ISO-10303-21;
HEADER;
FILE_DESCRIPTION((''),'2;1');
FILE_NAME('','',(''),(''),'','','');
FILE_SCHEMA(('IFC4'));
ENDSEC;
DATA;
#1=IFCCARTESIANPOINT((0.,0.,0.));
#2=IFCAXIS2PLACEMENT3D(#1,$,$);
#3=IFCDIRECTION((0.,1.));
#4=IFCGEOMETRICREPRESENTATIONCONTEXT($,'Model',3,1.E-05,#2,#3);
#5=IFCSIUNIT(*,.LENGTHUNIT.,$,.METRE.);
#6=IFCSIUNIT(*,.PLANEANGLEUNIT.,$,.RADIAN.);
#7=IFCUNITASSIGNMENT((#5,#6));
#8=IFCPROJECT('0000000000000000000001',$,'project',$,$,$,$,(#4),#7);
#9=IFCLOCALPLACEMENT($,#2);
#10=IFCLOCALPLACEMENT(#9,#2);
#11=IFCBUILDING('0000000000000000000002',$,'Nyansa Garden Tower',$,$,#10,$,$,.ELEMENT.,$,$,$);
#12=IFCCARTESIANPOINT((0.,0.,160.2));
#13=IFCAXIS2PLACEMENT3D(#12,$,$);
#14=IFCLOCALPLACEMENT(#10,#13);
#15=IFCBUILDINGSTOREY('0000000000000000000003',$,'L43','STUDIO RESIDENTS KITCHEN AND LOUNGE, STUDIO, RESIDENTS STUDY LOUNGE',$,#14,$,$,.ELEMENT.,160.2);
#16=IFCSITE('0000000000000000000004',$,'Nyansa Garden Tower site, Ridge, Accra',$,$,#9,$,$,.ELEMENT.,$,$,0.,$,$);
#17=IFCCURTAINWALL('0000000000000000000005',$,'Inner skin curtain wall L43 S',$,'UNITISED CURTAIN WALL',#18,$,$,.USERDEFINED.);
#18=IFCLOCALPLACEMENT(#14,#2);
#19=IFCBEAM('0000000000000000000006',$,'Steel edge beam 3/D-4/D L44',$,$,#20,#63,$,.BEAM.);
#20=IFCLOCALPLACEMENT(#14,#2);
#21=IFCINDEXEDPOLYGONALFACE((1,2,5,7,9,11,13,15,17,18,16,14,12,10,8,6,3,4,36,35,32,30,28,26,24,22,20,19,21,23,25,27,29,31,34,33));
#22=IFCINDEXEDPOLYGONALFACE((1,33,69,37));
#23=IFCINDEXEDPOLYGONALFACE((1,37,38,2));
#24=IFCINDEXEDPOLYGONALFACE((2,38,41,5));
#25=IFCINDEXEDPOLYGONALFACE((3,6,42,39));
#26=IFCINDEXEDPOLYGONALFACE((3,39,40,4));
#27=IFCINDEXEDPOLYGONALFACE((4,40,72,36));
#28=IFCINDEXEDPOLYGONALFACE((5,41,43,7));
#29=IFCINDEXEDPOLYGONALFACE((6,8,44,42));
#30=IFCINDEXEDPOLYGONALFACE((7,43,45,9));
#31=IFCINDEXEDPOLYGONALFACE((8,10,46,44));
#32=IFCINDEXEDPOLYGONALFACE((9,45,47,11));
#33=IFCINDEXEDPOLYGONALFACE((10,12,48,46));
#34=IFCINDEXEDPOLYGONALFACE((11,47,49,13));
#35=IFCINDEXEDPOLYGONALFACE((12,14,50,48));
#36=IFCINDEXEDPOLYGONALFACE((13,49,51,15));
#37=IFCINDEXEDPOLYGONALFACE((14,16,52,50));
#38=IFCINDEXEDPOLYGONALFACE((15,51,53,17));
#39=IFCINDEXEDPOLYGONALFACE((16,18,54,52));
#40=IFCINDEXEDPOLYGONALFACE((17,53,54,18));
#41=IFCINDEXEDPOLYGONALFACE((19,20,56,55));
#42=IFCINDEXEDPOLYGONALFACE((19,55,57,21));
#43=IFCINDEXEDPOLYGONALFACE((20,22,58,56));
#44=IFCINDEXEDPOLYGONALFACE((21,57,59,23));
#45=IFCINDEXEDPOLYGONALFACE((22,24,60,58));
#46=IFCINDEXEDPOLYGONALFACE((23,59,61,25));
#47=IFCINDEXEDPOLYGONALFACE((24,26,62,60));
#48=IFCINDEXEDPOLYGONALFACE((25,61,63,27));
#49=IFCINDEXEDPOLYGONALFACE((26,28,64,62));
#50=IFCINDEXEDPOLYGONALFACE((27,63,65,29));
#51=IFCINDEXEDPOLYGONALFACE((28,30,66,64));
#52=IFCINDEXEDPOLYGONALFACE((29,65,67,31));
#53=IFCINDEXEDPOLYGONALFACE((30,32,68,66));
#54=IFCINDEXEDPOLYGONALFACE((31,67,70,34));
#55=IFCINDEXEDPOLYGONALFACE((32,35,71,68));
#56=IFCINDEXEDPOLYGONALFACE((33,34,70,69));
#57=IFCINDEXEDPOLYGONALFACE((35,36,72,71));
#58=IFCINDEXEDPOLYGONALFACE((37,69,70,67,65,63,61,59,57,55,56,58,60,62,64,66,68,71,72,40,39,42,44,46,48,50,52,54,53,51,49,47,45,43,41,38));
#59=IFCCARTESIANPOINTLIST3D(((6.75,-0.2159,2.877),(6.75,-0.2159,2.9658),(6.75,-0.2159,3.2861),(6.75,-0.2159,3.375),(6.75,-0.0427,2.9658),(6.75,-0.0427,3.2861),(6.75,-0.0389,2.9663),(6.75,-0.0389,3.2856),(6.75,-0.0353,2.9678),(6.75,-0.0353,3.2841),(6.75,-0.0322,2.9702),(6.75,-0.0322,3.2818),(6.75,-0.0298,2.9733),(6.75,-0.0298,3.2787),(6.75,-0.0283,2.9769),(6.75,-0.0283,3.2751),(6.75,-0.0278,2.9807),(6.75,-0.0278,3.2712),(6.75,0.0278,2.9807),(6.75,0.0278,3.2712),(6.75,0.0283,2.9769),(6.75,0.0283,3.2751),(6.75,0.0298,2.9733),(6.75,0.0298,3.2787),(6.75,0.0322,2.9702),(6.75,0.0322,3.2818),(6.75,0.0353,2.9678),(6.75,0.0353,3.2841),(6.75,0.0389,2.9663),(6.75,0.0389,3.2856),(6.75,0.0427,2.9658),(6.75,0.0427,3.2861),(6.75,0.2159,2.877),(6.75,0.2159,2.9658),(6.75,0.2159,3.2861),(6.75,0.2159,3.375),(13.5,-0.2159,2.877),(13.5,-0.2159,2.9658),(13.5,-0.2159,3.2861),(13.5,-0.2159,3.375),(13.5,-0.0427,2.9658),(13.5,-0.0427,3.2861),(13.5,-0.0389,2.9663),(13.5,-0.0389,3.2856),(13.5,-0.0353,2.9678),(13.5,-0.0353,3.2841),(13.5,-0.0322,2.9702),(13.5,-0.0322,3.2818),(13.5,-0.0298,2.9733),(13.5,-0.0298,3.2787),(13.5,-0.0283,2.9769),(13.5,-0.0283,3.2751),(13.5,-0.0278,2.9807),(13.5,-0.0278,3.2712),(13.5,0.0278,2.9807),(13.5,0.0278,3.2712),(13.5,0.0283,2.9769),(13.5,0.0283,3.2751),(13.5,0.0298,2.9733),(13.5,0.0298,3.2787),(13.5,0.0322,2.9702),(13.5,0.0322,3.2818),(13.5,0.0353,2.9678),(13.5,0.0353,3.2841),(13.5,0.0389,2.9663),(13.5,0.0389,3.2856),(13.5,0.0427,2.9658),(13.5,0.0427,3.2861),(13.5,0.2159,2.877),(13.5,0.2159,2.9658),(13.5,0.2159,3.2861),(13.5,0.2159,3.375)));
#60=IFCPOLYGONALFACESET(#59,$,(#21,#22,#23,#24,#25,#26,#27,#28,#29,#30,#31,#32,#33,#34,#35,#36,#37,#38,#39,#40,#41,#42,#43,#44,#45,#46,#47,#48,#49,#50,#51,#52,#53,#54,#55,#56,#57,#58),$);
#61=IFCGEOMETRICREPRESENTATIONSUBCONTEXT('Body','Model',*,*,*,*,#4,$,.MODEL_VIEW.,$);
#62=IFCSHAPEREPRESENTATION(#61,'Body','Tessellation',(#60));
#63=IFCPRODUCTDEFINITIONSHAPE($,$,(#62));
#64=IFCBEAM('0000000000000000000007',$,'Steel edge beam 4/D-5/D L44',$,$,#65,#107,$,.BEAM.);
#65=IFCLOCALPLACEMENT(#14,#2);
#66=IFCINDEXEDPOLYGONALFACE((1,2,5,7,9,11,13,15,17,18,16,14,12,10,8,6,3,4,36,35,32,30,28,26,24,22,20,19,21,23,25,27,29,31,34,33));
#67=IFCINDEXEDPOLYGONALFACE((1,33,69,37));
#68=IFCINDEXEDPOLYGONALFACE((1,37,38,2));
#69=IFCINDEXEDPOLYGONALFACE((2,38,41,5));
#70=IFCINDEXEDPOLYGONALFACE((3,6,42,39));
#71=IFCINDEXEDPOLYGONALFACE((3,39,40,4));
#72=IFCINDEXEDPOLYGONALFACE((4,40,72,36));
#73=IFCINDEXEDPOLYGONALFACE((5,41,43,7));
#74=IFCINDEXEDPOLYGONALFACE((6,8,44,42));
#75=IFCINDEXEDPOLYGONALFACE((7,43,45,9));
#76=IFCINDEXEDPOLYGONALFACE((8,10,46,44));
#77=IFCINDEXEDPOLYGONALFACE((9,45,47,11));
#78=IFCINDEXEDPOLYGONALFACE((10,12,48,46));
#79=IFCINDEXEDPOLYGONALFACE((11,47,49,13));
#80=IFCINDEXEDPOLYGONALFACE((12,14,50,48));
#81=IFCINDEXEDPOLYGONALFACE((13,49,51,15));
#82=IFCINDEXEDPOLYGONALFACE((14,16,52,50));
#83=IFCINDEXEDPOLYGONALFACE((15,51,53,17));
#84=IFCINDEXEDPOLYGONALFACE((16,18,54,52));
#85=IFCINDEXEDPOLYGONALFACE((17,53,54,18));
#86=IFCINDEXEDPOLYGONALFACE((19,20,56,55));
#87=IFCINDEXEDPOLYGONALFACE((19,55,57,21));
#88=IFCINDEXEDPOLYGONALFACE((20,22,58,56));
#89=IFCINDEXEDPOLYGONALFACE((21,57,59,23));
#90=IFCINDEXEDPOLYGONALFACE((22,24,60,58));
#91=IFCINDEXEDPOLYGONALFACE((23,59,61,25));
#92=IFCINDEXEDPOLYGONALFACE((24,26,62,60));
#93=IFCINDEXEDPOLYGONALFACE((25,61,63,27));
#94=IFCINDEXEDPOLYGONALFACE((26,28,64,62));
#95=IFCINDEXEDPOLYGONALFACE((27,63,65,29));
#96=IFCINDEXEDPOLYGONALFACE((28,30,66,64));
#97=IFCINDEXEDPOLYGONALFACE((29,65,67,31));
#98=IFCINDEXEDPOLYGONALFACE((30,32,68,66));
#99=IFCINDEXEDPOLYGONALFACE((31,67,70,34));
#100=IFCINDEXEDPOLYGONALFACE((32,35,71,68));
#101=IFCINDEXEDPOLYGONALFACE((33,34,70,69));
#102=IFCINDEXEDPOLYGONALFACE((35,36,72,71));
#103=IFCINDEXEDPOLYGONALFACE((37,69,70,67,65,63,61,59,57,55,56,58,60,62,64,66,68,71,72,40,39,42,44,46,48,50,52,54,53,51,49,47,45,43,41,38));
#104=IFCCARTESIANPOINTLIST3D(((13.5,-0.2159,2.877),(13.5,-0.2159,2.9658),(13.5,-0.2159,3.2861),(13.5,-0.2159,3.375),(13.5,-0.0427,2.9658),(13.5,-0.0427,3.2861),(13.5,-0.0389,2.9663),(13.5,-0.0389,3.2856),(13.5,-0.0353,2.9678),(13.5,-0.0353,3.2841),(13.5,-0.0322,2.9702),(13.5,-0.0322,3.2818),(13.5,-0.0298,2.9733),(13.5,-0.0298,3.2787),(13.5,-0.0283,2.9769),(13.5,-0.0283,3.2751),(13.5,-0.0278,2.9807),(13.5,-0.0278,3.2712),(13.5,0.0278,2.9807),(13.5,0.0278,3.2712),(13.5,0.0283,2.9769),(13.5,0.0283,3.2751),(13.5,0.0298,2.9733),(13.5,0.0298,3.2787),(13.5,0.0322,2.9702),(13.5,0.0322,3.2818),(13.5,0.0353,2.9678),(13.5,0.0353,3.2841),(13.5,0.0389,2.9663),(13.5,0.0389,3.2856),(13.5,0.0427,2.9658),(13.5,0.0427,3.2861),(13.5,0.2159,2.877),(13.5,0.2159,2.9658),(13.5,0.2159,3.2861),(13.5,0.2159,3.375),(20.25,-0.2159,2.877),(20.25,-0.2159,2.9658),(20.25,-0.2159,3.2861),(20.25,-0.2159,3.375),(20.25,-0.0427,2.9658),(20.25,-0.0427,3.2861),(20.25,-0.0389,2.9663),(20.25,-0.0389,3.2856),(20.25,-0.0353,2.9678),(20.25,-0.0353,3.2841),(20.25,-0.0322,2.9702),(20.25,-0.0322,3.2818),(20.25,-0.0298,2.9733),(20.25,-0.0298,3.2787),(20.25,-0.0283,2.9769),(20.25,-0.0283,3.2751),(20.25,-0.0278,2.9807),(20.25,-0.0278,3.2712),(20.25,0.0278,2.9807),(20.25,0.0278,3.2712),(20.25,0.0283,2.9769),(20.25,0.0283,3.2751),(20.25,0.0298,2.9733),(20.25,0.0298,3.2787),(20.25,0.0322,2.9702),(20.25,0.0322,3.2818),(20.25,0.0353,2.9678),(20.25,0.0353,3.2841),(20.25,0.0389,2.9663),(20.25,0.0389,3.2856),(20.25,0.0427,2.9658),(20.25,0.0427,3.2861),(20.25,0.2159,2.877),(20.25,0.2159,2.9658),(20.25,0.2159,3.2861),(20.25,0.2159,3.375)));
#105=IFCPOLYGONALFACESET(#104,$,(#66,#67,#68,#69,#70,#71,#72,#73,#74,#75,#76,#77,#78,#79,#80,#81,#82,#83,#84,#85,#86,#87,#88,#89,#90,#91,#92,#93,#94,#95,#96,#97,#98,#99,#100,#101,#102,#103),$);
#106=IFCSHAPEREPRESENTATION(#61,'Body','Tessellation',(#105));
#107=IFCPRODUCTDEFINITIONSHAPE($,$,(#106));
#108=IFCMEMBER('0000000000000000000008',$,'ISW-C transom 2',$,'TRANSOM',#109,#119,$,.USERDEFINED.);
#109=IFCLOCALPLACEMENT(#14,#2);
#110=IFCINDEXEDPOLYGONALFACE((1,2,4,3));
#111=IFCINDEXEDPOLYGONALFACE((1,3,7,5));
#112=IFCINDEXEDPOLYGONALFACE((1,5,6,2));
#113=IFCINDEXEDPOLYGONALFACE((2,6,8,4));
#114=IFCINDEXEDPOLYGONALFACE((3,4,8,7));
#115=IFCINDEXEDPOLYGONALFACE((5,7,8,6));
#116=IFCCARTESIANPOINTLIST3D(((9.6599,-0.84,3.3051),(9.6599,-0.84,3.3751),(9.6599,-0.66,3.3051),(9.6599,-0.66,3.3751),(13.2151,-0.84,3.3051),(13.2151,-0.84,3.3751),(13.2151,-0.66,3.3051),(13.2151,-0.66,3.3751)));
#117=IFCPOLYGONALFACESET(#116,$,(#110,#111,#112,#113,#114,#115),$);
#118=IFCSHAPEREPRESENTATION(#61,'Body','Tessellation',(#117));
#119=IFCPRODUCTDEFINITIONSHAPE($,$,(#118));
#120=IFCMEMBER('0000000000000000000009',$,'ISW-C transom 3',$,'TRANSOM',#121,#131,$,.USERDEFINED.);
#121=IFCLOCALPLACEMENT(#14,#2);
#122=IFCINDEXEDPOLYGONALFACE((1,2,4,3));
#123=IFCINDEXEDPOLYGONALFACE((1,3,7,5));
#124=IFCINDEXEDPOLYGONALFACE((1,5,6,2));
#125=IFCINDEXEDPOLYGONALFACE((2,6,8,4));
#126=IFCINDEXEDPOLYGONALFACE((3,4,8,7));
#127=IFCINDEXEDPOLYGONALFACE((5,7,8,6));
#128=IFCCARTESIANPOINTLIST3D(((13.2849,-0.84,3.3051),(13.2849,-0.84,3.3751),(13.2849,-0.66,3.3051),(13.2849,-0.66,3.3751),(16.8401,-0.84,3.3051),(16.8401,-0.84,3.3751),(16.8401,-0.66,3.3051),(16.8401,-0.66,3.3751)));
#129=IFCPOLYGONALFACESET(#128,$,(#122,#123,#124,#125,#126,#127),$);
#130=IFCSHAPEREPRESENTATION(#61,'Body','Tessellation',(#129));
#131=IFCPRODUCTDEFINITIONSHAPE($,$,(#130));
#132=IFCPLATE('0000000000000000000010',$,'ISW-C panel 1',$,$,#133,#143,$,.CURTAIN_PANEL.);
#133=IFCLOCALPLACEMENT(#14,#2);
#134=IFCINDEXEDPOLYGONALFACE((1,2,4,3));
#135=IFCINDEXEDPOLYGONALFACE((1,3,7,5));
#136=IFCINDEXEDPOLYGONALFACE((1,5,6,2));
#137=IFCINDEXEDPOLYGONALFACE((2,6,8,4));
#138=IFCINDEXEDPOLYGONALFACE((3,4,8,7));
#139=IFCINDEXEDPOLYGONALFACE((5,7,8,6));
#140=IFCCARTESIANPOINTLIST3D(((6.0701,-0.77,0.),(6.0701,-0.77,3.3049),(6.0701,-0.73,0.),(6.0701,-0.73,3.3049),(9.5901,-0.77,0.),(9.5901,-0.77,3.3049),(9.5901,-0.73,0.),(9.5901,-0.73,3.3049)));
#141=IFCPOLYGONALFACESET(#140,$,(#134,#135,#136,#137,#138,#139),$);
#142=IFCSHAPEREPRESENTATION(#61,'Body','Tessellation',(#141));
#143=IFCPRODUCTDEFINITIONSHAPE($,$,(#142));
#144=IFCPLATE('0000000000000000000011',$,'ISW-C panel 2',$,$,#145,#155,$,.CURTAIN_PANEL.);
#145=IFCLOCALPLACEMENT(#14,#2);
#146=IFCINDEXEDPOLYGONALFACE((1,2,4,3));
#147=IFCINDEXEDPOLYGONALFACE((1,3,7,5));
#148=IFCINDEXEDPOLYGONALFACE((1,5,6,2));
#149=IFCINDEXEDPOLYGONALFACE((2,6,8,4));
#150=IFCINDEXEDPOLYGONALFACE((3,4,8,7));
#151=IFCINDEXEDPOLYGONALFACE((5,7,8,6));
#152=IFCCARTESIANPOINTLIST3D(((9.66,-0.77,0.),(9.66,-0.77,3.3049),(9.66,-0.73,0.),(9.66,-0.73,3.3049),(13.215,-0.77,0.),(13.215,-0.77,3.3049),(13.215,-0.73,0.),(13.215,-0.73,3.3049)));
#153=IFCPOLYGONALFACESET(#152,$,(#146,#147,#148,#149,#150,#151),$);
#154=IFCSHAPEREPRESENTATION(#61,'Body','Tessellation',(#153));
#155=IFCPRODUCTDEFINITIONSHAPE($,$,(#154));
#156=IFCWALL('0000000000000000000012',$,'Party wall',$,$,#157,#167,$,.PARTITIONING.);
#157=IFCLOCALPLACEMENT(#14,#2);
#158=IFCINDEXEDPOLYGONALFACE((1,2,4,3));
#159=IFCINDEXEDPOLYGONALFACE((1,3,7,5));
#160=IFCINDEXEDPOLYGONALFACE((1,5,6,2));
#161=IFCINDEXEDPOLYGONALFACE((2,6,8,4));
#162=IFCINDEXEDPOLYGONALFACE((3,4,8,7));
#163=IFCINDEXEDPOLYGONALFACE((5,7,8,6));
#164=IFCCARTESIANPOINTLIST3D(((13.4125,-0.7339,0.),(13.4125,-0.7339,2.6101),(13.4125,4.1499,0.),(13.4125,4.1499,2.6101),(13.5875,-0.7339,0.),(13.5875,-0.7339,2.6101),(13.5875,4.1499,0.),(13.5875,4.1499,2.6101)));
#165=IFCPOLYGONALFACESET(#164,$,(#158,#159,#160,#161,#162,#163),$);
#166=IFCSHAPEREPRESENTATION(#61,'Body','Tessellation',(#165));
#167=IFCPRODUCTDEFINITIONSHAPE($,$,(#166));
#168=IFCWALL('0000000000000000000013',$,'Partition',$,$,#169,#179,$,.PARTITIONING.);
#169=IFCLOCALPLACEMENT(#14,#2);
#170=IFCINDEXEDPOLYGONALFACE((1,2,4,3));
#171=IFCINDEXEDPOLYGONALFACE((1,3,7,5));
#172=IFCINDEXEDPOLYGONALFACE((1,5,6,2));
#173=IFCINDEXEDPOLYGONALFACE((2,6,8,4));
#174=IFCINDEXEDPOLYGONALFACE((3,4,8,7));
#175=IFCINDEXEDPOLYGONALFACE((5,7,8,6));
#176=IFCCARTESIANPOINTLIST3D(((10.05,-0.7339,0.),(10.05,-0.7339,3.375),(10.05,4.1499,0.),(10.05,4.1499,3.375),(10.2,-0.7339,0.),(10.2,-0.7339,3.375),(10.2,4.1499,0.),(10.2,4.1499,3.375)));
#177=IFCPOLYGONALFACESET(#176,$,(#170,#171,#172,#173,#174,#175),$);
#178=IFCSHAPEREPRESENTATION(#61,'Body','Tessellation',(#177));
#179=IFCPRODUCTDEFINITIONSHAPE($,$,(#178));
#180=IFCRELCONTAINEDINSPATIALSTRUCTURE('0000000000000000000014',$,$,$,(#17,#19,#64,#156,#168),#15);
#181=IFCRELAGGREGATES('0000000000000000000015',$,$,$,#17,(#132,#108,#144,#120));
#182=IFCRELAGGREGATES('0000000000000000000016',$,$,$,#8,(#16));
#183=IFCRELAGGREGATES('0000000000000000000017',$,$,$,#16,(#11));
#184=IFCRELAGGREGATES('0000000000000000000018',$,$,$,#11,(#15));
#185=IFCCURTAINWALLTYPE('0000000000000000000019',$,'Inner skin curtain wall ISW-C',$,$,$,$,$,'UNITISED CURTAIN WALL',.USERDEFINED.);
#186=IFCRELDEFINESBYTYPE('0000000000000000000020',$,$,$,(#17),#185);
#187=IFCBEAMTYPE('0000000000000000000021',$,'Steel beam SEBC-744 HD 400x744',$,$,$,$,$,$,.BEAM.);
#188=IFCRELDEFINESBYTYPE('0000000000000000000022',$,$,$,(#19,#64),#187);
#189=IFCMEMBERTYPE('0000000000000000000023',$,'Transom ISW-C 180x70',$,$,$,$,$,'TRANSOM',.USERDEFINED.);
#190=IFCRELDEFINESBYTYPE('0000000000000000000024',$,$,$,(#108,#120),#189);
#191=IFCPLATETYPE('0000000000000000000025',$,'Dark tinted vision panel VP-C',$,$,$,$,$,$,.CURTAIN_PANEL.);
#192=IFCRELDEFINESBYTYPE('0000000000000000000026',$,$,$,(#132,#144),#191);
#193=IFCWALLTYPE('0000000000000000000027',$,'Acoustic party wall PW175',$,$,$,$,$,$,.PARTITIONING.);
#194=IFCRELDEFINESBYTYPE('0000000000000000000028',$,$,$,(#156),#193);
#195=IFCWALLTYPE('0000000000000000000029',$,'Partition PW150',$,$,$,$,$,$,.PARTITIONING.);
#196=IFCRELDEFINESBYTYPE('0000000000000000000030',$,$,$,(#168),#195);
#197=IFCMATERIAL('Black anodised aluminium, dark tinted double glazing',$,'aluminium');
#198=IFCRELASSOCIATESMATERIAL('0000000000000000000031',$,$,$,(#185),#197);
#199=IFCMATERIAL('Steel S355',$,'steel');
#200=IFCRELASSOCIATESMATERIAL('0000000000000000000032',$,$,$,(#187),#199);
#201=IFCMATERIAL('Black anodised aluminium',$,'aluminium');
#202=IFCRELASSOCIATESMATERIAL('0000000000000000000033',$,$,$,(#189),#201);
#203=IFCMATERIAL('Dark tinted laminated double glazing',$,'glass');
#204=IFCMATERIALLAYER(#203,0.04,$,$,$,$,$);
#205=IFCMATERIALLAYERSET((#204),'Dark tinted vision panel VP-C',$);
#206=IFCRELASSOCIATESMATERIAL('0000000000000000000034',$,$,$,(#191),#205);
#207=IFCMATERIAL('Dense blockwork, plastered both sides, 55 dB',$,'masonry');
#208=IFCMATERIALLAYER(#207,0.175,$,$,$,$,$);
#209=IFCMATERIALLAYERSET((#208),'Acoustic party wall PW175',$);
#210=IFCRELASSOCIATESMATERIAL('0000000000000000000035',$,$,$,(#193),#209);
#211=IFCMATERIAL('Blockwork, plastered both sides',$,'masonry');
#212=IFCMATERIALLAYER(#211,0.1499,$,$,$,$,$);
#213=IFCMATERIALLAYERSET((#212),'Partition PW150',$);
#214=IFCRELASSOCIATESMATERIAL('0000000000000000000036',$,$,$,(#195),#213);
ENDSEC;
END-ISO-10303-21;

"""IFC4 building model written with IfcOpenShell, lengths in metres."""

from ifc_helpers import new_model, si_unit, direction, frame, frame_2d, origin, origin_2d, place, context, subcontext, project, spatial, rectangle, i_section, extrude, material, layer, layer_set, material_profile, profile_set, type_object, element, aggregate, save


model = new_model("IFC4")

# Units and contexts
model_context = context("Model", 3, precision=1e-05, world=origin(), true_north=direction((0.0, 1.0)))
body_context = subcontext(model_context, "Body", "Model", "MODEL_VIEW")
ifc_project = project(units=[si_unit("LENGTHUNIT", "METRE"), si_unit("PLANEANGLEUNIT", "RADIAN")], contexts=[model_context])

# Site, building, storey
site_placement = place(None, origin())
site = spatial("IfcSite", under=ifc_project, at=site_placement, Name="Nyansa Garden Tower site, Ridge, Accra", CompositionType="ELEMENT", RefElevation=0.0)
building_placement = place(site_placement, origin())
building = spatial("IfcBuilding", under=site, at=building_placement, Name="Nyansa Garden Tower", CompositionType="ELEMENT")
storey_placement = place(building_placement, frame((0.0, 0.0, 160.2)))
storey = spatial("IfcBuildingStorey", under=building, at=storey_placement, Name="L43", Description="STUDIO RESIDENTS KITCHEN AND LOUNGE, STUDIO, RESIDENTS STUDY LOUNGE", CompositionType="ELEMENT", Elevation=160.2)

# Curtain wall
ifc_material_1 = material(Name="Black anodised aluminium, dark tinted double glazing", Category="aluminium")
curtain_wall_type = type_object("IfcCurtainWallType", Name="Inner skin curtain wall ISW-C", ElementType="UNITISED CURTAIN WALL", PredefinedType="USERDEFINED", material=ifc_material_1)
curtain_wall_placement = place(storey_placement, origin())
curtain_wall = element("IfcCurtainWall", 1, at=curtain_wall_placement, inside=storey, type_object=curtain_wall_type, Name="Inner skin curtain wall L43 S", ObjectType="UNITISED CURTAIN WALL", PredefinedType="USERDEFINED")

# Beams
ifc_material_2 = material(Name="Steel S355", Category="steel")
ifc_material_profile_1 = material_profile(ifc_material_2, i_section(OverallWidth=0.4319, OverallDepth=0.498, WebThickness=0.0557, FlangeThickness=0.0889, FilletRadius=0.0149, at=origin_2d()), Name="HD 400x744")
ifc_profile_set_1 = profile_set([ifc_material_profile_1], Name="Steel S355")
beam_type_1 = type_object("IfcBeamType", Name="Steel beam SEBC-744 HD 400x744", PredefinedType="BEAM", material=ifc_profile_set_1)
for number, where, z_axis, x_axis, name in (
    (2, (6.75, 0.0, 3.126), (1.0, 0.0, 0.0), (0.0, 1.0, 0.0), "Steel edge beam 3/D-4/D L44"),
    (3, (13.5, 0.0, 3.126), (1.0, 0.0, 0.0), (0.0, 1.0, 0.0), "Steel edge beam 4/D-5/D L44"),
):
    element("IfcBeam", number, at=place(storey_placement, frame(where, z_axis=z_axis, x_axis=x_axis)), inside=storey, type_object=beam_type_1, Name=name, PredefinedType="BEAM", context=body_context, shape_type="SweptSolid", body=[
        extrude(i_section(OverallWidth=0.4319, OverallDepth=0.498, WebThickness=0.0557, FlangeThickness=0.0889, FilletRadius=0.0149, at=origin_2d()), origin(), (0.0, 0.0, 1.0), 6.75),
    ])

# Members
ifc_material_3 = material(Name="Black anodised aluminium", Category="aluminium")
ifc_material_profile_2 = material_profile(ifc_material_3, rectangle(XDim=0.1799, YDim=0.0701, at=origin_2d()), Name="Transom 180x70")
ifc_profile_set_2 = profile_set([ifc_material_profile_2], Name="Black anodised aluminium")
member_type_1 = type_object("IfcMemberType", Name="Transom ISW-C 180x70", ElementType="TRANSOM", PredefinedType="USERDEFINED", material=ifc_profile_set_2)
member_1_placement = place(storey_placement, frame((9.6599, -0.75, 3.3401), z_axis=(1.0, 0.0, 0.0), x_axis=(0.0, 1.0, 0.0)))
member_1 = element("IfcMember", 4, at=member_1_placement, type_object=member_type_1, Name="ISW-C transom 2", ObjectType="TRANSOM", PredefinedType="USERDEFINED", context=body_context, shape_type="SweptSolid", body=[
    extrude(rectangle(XDim=0.1799, YDim=0.0701, at=origin_2d()), origin(), (0.0, 0.0, 1.0), 3.5552),
])
member_2_placement = place(storey_placement, frame((13.2849, -0.75, 3.3401), z_axis=(1.0, 0.0, 0.0), x_axis=(0.0, 1.0, 0.0)))
member_2 = element("IfcMember", 5, at=member_2_placement, type_object=member_type_1, Name="ISW-C transom 3", ObjectType="TRANSOM", PredefinedType="USERDEFINED", context=body_context, shape_type="SweptSolid", body=[
    extrude(rectangle(XDim=0.1799, YDim=0.0701, at=origin_2d()), origin(), (0.0, 0.0, 1.0), 3.5552),
])

# Plates
ifc_material_4 = material(Name="Dark tinted laminated double glazing", Category="glass")
ifc_layer_1 = layer(ifc_material_4, 0.04)
ifc_layer_set_1 = layer_set([ifc_layer_1], Name="Dark tinted vision panel VP-C")
plate_type = type_object("IfcPlateType", Name="Dark tinted vision panel VP-C", PredefinedType="CURTAIN_PANEL", material=ifc_layer_set_1)
plate_1_placement = place(storey_placement, frame((7.8301, -0.75, 0.0), z_axis=(0.0, 0.0, 1.0), x_axis=(1.0, 0.0, 0.0)))
plate_1 = element("IfcPlate", 6, at=plate_1_placement, type_object=plate_type, Name="ISW-C panel 1", PredefinedType="CURTAIN_PANEL", context=body_context, shape_type="SweptSolid", body=[
    extrude(rectangle(XDim=3.52, YDim=0.04, at=origin_2d()), origin(), (0.0, 0.0, 1.0), 3.3049),
])
plate_2_placement = place(storey_placement, frame((11.4375, -0.75, 0.0), z_axis=(0.0, 0.0, 1.0), x_axis=(1.0, 0.0, 0.0)))
plate_2 = element("IfcPlate", 7, at=plate_2_placement, type_object=plate_type, Name="ISW-C panel 2", PredefinedType="CURTAIN_PANEL", context=body_context, shape_type="SweptSolid", body=[
    extrude(rectangle(XDim=3.5549, YDim=0.04, at=origin_2d()), origin(), (0.0, 0.0, 1.0), 3.3049),
])
aggregate(curtain_wall, [plate_1, member_1, plate_2, member_2])

# Walls
ifc_material_5 = material(Name="Dense blockwork, plastered both sides, 55 dB", Category="masonry")
ifc_layer_2 = layer(ifc_material_5, 0.175)
ifc_layer_set_2 = layer_set([ifc_layer_2], Name="Acoustic party wall PW175")
wall_type_1 = type_object("IfcWallType", Name="Acoustic party wall PW175", PredefinedType="PARTITIONING", material=ifc_layer_set_2)
wall_1_placement = place(storey_placement, frame((13.5, -0.7339, 0.0), z_axis=(0.0, 0.0, 1.0), x_axis=(0.0, 1.0, 0.0)))
element("IfcWall", 8, at=wall_1_placement, inside=storey, type_object=wall_type_1, Name="Party wall", PredefinedType="PARTITIONING", context=body_context, shape_type="SweptSolid", body=[
    extrude(rectangle(XDim=4.8838, YDim=0.175, at=frame_2d((2.4419, 0.0))), origin(), (0.0, 0.0, 1.0), 2.6101),
])
ifc_material_6 = material(Name="Blockwork, plastered both sides", Category="masonry")
ifc_layer_3 = layer(ifc_material_6, 0.1499)
ifc_layer_set_3 = layer_set([ifc_layer_3], Name="Partition PW150")
wall_type_2 = type_object("IfcWallType", Name="Partition PW150", PredefinedType="PARTITIONING", material=ifc_layer_set_3)
wall_2_placement = place(storey_placement, frame((10.125, -0.7339, 0.0), z_axis=(0.0, 0.0, 1.0), x_axis=(0.0, 1.0, 0.0)))
element("IfcWall", 9, at=wall_2_placement, inside=storey, type_object=wall_type_2, Name="Partition", PredefinedType="PARTITIONING", context=body_context, shape_type="SweptSolid", body=[
    extrude(rectangle(XDim=4.8838, YDim=0.1499, at=frame_2d((2.4419, 0.0))), origin(), (0.0, 0.0, 1.0), 3.375),
])

save(model, "model.ifc")
